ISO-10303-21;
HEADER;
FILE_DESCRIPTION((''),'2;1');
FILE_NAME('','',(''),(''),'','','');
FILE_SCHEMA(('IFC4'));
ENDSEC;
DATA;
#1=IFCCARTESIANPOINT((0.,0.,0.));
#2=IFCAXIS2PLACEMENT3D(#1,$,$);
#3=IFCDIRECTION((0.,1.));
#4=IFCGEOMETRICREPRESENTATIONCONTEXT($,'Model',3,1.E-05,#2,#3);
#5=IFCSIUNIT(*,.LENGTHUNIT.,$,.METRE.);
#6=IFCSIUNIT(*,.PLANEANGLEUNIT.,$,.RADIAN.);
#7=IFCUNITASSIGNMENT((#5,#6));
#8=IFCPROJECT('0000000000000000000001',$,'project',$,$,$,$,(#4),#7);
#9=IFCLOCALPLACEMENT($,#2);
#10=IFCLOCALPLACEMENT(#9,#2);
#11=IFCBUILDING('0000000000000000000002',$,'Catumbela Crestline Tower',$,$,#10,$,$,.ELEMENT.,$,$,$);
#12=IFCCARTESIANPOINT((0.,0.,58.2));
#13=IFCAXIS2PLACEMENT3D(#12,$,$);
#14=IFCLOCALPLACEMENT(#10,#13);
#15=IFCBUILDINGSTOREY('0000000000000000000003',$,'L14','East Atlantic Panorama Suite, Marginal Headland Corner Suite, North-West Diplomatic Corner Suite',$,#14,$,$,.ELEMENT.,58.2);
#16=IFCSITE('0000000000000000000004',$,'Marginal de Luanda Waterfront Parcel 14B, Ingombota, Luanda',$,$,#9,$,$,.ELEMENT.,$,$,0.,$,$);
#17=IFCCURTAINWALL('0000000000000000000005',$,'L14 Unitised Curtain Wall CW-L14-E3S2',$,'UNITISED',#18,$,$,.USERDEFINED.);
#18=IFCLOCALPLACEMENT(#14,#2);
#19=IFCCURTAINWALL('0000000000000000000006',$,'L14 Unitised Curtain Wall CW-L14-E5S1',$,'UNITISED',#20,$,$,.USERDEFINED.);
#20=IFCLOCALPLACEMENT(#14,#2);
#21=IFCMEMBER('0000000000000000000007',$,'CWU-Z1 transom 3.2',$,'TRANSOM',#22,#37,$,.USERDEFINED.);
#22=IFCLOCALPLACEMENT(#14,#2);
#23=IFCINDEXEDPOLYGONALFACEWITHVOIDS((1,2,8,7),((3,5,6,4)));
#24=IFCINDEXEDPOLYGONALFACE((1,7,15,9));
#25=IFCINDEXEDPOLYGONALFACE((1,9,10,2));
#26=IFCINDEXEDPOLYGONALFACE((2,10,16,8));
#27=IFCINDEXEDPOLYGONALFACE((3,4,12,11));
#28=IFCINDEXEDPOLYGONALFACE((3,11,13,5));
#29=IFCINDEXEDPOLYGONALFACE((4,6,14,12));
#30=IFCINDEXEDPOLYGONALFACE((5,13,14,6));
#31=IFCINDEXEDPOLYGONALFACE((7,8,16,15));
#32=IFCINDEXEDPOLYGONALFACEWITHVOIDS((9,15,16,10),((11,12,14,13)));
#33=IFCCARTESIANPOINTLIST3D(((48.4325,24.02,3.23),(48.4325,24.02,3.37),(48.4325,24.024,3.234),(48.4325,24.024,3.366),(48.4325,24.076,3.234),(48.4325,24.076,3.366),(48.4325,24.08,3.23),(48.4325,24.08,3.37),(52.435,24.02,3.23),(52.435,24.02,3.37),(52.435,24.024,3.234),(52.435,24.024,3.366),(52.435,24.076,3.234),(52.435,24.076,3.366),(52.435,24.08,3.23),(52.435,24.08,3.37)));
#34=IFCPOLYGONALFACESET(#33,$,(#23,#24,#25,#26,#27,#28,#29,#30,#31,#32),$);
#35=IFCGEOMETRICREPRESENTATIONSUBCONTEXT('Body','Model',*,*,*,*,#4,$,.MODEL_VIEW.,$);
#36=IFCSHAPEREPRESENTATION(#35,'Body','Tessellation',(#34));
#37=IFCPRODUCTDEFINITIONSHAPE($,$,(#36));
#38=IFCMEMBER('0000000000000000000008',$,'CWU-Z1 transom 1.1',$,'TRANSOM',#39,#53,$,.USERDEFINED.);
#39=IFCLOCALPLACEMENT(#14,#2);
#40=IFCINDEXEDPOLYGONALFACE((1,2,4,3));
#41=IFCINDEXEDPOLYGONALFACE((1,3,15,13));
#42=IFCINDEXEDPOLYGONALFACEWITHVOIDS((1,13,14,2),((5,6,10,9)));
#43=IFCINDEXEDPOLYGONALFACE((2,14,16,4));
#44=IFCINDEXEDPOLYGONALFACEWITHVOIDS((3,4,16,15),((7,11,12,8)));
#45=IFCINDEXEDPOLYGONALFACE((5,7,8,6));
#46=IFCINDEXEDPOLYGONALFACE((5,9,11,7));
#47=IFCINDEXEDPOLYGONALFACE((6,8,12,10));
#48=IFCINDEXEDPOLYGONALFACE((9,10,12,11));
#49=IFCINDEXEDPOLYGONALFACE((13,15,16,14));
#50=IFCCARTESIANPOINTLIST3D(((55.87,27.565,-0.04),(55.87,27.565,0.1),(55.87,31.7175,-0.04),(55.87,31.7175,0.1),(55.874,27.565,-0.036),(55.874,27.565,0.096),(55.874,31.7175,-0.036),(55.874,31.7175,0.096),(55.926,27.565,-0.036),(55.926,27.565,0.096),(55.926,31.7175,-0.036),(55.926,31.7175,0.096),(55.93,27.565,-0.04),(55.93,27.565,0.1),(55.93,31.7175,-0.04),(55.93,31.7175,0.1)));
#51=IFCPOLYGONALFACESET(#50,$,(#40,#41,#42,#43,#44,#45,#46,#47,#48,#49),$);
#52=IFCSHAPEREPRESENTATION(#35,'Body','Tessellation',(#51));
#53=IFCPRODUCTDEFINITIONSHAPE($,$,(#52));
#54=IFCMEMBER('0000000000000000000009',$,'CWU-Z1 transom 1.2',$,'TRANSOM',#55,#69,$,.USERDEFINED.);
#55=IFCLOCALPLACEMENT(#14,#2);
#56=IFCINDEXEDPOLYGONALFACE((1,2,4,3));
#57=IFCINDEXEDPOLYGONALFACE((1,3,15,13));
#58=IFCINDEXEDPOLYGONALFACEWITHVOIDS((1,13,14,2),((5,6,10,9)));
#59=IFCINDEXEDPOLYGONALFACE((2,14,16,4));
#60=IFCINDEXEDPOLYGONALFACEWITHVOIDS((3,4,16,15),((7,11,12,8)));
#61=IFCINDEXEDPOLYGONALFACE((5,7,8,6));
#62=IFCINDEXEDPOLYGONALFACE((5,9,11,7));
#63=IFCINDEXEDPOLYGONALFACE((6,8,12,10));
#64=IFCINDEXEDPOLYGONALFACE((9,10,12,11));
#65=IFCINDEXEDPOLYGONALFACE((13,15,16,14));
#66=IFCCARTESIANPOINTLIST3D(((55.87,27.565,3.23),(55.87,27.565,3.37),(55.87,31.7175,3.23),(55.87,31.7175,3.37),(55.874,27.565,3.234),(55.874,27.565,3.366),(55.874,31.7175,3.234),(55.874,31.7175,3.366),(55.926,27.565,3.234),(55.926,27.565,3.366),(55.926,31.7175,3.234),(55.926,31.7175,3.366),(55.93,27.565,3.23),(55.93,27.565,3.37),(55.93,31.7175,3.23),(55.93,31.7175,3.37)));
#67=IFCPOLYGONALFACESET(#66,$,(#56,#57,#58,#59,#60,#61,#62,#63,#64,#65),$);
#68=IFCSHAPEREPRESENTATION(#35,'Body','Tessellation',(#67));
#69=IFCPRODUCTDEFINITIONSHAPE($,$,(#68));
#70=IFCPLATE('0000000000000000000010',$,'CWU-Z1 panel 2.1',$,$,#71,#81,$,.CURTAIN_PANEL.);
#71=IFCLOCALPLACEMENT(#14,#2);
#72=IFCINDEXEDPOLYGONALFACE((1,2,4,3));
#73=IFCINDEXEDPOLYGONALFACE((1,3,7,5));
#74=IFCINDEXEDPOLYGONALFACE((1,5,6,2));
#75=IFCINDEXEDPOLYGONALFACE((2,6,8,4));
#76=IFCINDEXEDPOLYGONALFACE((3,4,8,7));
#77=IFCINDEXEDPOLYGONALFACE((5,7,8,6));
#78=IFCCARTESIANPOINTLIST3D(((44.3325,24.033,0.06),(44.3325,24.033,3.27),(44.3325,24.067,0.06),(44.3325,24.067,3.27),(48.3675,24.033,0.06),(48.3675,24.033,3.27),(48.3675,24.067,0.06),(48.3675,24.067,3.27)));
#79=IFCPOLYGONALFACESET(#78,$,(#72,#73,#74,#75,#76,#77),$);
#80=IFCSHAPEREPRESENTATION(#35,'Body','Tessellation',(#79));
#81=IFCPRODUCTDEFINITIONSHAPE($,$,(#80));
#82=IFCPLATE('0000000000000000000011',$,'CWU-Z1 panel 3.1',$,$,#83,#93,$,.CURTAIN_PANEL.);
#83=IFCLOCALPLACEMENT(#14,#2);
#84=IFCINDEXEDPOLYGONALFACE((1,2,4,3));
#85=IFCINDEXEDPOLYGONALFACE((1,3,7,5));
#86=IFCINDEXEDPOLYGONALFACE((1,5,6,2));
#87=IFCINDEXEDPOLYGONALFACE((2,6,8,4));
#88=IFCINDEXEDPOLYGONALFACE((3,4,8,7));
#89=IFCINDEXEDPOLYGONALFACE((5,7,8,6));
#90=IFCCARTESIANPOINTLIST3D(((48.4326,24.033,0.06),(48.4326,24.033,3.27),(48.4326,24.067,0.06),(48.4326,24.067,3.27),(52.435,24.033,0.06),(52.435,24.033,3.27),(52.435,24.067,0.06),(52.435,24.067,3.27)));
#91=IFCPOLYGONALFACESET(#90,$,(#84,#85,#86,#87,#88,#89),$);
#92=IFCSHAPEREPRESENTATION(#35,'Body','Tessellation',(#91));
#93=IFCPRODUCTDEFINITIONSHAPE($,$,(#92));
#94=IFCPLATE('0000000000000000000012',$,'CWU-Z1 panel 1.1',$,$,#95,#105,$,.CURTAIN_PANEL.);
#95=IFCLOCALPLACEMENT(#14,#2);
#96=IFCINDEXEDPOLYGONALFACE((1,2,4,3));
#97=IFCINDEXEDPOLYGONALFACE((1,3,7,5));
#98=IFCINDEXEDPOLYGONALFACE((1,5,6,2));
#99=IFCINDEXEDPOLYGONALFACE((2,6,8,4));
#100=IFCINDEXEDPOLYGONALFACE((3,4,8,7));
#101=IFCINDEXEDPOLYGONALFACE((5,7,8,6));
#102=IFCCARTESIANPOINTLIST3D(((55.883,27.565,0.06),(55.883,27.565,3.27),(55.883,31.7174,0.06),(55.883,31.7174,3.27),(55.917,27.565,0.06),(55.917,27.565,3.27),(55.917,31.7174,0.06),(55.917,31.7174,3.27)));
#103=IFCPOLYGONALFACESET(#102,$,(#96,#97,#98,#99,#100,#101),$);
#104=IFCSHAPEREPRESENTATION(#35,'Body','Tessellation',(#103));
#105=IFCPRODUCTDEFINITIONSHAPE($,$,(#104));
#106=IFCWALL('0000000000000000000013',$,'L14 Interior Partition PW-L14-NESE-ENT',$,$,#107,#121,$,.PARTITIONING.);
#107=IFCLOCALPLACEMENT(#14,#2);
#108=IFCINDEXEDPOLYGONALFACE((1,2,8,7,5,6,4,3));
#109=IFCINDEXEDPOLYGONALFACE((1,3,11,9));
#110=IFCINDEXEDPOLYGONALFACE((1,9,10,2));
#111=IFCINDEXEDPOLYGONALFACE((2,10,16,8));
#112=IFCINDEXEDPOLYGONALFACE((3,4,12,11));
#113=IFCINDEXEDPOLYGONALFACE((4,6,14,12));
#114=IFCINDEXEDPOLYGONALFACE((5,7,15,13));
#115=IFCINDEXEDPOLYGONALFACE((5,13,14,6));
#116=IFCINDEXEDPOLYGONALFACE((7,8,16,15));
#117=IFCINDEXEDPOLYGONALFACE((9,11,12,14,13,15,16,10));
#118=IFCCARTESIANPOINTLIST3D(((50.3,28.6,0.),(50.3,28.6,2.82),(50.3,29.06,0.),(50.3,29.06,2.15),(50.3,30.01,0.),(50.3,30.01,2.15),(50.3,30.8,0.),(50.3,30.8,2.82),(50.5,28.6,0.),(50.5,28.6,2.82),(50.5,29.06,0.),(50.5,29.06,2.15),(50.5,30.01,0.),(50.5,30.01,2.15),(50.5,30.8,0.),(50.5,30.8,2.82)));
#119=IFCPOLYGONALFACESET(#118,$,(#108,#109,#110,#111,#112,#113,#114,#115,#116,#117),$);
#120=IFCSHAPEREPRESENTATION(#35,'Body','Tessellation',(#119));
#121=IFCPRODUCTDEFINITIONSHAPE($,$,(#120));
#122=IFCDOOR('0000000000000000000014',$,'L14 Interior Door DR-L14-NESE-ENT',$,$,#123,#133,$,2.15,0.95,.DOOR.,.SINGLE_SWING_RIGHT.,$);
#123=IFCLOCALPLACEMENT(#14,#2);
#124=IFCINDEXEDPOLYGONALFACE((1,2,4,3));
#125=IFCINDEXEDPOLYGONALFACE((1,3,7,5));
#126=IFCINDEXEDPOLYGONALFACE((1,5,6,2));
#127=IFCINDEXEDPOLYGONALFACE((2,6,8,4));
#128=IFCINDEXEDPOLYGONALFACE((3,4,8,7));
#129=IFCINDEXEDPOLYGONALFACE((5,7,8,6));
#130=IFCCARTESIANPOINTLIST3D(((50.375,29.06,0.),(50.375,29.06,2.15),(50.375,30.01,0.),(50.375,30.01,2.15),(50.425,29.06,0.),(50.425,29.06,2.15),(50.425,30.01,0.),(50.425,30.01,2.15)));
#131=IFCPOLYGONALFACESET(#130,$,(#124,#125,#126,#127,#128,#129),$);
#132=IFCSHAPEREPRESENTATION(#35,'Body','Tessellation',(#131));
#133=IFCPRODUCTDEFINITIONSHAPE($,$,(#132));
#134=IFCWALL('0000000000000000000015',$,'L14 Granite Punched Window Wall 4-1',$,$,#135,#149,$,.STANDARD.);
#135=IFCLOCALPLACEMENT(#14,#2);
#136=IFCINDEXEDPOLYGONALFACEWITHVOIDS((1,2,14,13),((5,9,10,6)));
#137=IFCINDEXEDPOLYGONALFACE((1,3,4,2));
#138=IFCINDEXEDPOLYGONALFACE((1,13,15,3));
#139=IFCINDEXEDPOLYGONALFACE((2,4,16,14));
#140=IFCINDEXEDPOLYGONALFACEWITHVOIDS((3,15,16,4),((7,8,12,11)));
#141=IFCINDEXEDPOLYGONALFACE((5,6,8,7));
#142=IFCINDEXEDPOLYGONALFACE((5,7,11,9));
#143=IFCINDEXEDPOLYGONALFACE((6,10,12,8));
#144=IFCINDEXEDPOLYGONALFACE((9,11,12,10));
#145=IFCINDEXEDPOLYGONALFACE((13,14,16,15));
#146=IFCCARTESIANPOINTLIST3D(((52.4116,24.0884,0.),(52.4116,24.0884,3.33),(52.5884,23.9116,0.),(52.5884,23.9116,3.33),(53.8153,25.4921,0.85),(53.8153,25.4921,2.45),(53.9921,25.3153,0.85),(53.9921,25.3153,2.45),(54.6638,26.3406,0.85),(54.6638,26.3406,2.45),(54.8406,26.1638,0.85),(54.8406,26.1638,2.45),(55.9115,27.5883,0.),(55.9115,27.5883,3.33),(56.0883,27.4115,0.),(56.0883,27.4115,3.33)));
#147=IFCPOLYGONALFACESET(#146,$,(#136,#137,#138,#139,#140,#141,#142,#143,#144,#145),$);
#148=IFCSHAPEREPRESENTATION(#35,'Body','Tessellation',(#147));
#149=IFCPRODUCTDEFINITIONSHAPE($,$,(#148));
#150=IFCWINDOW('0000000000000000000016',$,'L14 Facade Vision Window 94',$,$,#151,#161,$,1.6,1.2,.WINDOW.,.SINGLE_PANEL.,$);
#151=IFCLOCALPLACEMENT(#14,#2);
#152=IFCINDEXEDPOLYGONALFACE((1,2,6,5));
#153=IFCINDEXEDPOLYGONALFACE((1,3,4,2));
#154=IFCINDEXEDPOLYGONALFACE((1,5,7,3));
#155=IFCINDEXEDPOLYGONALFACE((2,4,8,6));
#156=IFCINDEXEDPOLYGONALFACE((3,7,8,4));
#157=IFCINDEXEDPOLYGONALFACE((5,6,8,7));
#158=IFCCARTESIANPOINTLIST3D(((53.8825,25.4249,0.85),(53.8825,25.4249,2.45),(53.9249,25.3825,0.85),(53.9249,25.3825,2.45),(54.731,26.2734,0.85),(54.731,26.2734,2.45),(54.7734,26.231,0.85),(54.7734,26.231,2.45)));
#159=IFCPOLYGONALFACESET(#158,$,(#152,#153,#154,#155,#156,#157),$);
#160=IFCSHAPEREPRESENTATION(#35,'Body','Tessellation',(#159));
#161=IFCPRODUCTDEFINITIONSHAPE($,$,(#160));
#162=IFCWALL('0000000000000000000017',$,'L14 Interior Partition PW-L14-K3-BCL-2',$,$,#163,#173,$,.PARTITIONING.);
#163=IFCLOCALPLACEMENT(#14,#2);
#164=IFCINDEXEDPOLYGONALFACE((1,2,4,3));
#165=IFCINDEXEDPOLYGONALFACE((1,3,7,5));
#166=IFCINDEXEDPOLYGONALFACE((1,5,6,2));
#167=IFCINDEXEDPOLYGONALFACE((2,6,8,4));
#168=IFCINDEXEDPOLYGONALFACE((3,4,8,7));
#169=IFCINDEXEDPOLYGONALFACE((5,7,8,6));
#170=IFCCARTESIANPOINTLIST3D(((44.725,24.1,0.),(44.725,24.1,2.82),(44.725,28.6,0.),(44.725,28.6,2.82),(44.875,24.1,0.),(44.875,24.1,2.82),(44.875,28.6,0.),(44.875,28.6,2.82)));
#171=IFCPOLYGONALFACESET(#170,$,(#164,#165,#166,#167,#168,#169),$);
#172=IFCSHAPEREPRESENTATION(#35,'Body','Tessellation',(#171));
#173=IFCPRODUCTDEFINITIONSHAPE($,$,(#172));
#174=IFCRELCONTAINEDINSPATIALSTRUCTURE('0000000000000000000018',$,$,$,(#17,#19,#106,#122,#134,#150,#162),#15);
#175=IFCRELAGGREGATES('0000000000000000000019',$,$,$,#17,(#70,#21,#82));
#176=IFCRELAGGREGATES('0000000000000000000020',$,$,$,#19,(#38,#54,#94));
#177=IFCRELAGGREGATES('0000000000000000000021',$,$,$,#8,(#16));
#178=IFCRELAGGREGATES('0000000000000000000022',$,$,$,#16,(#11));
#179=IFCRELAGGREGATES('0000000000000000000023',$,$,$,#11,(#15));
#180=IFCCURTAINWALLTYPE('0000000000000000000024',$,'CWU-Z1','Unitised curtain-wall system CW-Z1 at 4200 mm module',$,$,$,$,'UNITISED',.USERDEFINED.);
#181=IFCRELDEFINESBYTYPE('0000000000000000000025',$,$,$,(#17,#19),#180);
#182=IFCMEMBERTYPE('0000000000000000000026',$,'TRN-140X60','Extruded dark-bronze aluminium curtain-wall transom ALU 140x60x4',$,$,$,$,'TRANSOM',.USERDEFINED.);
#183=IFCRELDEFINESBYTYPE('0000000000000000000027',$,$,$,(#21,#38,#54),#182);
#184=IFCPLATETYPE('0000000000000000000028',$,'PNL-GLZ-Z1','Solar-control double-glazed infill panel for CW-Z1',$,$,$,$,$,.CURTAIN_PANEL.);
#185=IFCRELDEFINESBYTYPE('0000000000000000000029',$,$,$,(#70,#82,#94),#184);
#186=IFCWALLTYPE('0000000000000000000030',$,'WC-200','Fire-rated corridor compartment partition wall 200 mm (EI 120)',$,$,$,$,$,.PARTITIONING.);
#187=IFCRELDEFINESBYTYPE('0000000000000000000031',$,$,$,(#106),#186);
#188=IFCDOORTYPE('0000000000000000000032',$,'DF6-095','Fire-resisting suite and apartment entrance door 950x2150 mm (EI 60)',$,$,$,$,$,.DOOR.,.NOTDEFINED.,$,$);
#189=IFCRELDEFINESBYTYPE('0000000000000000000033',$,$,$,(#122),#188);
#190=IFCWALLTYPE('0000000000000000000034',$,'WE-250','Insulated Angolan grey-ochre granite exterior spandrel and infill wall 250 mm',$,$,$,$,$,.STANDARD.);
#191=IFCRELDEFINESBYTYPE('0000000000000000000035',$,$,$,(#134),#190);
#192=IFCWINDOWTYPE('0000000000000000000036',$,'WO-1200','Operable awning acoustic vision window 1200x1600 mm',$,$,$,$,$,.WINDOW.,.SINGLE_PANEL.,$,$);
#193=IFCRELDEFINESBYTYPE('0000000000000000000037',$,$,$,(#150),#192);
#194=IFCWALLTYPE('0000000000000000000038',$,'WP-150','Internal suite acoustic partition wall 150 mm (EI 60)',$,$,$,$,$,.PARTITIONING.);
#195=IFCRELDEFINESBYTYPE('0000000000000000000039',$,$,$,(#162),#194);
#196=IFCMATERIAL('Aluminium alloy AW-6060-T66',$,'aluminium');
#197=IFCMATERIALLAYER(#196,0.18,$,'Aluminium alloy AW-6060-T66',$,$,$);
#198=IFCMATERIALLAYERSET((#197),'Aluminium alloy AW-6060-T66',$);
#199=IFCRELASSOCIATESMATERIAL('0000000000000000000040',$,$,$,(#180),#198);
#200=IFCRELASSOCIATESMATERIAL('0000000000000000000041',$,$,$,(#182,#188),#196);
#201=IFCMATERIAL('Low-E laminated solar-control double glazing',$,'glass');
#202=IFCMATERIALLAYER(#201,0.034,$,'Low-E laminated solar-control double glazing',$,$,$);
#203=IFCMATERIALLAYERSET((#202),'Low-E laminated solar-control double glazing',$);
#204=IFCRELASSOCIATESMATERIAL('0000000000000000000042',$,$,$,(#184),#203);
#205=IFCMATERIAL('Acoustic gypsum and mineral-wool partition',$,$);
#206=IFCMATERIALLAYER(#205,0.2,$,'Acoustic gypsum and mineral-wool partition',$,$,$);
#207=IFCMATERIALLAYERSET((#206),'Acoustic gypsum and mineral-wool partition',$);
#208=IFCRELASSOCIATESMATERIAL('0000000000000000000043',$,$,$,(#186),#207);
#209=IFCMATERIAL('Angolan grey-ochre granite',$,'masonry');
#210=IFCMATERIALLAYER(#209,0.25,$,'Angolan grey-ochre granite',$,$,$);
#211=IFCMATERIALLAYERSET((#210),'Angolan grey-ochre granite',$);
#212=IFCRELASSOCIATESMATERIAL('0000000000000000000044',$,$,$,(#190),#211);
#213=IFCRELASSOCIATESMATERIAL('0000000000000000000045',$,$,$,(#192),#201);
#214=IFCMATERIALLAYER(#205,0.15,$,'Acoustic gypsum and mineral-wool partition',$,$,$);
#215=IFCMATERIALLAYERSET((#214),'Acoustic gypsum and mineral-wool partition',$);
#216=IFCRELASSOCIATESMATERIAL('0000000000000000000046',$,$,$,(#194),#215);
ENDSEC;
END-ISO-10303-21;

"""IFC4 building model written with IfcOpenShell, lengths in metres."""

from ifc_helpers import new_model, si_unit, direction, frame, frame_2d, origin, origin_2d, place, context, subcontext, project, spatial, rectangle, hollow_rectangle, extrude, material, layer, layer_set, material_profile, profile_set, type_object, element, fill, aggregate, save


model = new_model("IFC4")

# Units and contexts
model_context = context("Model", 3, precision=1e-05, world=origin(), true_north=direction((0.0, 1.0)))
body_context = subcontext(model_context, "Body", "Model", "MODEL_VIEW")
ifc_project = project(units=[si_unit("LENGTHUNIT", "METRE"), si_unit("PLANEANGLEUNIT", "RADIAN")], contexts=[model_context])

# Site, building, storey
site_placement = place(None, origin())
site = spatial("IfcSite", under=ifc_project, at=site_placement, Name="Marginal de Luanda Waterfront Parcel 14B, Ingombota, Luanda", CompositionType="ELEMENT", RefElevation=0.0)
building_placement = place(site_placement, origin())
building = spatial("IfcBuilding", under=site, at=building_placement, Name="Catumbela Crestline Tower", CompositionType="ELEMENT")
storey_placement = place(building_placement, frame((0.0, 0.0, 58.2)))
storey = spatial("IfcBuildingStorey", under=building, at=storey_placement, Name="L14", Description="East Atlantic Panorama Suite, Marginal Headland Corner Suite, North-West Diplomatic Corner Suite", CompositionType="ELEMENT", Elevation=58.2)

# Curtain wall
ifc_material_1 = material(Name="Aluminium alloy AW-6060-T66", Category="aluminium")
ifc_layer_1 = layer(ifc_material_1, 0.18, Name="Aluminium alloy AW-6060-T66")
ifc_layer_set_1 = layer_set([ifc_layer_1], Name="Aluminium alloy AW-6060-T66")
curtain_wall_type = type_object("IfcCurtainWallType", Name="CWU-Z1", Description="Unitised curtain-wall system CW-Z1 at 4200 mm module", ElementType="UNITISED", PredefinedType="USERDEFINED", material=ifc_layer_set_1)
curtain_wall_1_placement = place(storey_placement, origin())
curtain_wall_1 = element("IfcCurtainWall", 1, at=curtain_wall_1_placement, inside=storey, type_object=curtain_wall_type, Name="L14 Unitised Curtain Wall CW-L14-E3S2", ObjectType="UNITISED", PredefinedType="USERDEFINED")

# Curtain wall
curtain_wall_2_placement = place(storey_placement, origin())
curtain_wall_2 = element("IfcCurtainWall", 2, at=curtain_wall_2_placement, inside=storey, type_object=curtain_wall_type, Name="L14 Unitised Curtain Wall CW-L14-E5S1", ObjectType="UNITISED", PredefinedType="USERDEFINED")

# Members
ifc_material_profile_1 = material_profile(ifc_material_1, hollow_rectangle(XDim=0.06, YDim=0.14, WallThickness=0.004, at=origin_2d()), Name="ALU 140x60x4")
ifc_profile_set_1 = profile_set([ifc_material_profile_1], Name="Aluminium alloy AW-6060-T66")
member_type_1 = type_object("IfcMemberType", Name="TRN-140X60", Description="Extruded dark-bronze aluminium curtain-wall transom ALU 140x60x4", ElementType="TRANSOM", PredefinedType="USERDEFINED", material=ifc_profile_set_1)
member_1_placement = place(storey_placement, frame((48.4325, 24.05, 3.3), z_axis=(1.0, 0.0, 0.0), x_axis=(0.0, 1.0, 0.0)))
member_1 = element("IfcMember", 3, at=member_1_placement, type_object=member_type_1, Name="CWU-Z1 transom 3.2", ObjectType="TRANSOM", PredefinedType="USERDEFINED", context=body_context, shape_type="SweptSolid", body=[
    extrude(hollow_rectangle(XDim=0.06, YDim=0.14, WallThickness=0.004, at=origin_2d()), origin(), (0.0, 0.0, 1.0), 4.0025),
])
member_2_placement = place(storey_placement, frame((55.9, 27.565, 0.03), z_axis=(0.0, 1.0, 0.0), x_axis=(-1.0, 0.0, 0.0)))
member_2 = element("IfcMember", 4, at=member_2_placement, type_object=member_type_1, Name="CWU-Z1 transom 1.1", ObjectType="TRANSOM", PredefinedType="USERDEFINED", context=body_context, shape_type="SweptSolid", body=[
    extrude(hollow_rectangle(XDim=0.06, YDim=0.14, WallThickness=0.004, at=origin_2d()), origin(), (0.0, 0.0, 1.0), 4.1525),
])
member_3_placement = place(storey_placement, frame((55.9, 27.565, 3.3), z_axis=(0.0, 1.0, 0.0), x_axis=(-1.0, 0.0, 0.0)))
member_3 = element("IfcMember", 5, at=member_3_placement, type_object=member_type_1, Name="CWU-Z1 transom 1.2", ObjectType="TRANSOM", PredefinedType="USERDEFINED", context=body_context, shape_type="SweptSolid", body=[
    extrude(hollow_rectangle(XDim=0.06, YDim=0.14, WallThickness=0.004, at=origin_2d()), origin(), (0.0, 0.0, 1.0), 4.1525),
])

# Plates
ifc_material_2 = material(Name="Low-E laminated solar-control double glazing", Category="glass")
ifc_layer_2 = layer(ifc_material_2, 0.034, Name="Low-E laminated solar-control double glazing")
ifc_layer_set_2 = layer_set([ifc_layer_2], Name="Low-E laminated solar-control double glazing")
plate_type = type_object("IfcPlateType", Name="PNL-GLZ-Z1", Description="Solar-control double-glazed infill panel for CW-Z1", PredefinedType="CURTAIN_PANEL", material=ifc_layer_set_2)
plate_1_placement = place(storey_placement, frame((46.35, 24.05, 0.06), z_axis=(0.0, 0.0, 1.0), x_axis=(1.0, 0.0, 0.0)))
plate_1 = element("IfcPlate", 6, at=plate_1_placement, type_object=plate_type, Name="CWU-Z1 panel 2.1", PredefinedType="CURTAIN_PANEL", context=body_context, shape_type="SweptSolid", body=[
    extrude(rectangle(XDim=4.035, YDim=0.034, at=origin_2d()), origin(), (0.0, 0.0, 1.0), 3.21),
])
plate_2_placement = place(storey_placement, frame((50.4338, 24.05, 0.06), z_axis=(0.0, 0.0, 1.0), x_axis=(1.0, 0.0, 0.0)))
plate_2 = element("IfcPlate", 7, at=plate_2_placement, type_object=plate_type, Name="CWU-Z1 panel 3.1", PredefinedType="CURTAIN_PANEL", context=body_context, shape_type="SweptSolid", body=[
    extrude(rectangle(XDim=4.0025, YDim=0.034, at=origin_2d()), origin(), (0.0, 0.0, 1.0), 3.21),
])
aggregate(curtain_wall_1, [plate_1, member_1, plate_2])
plate_3_placement = place(storey_placement, frame((55.9, 29.6412, 0.06), z_axis=(0.0, 0.0, 1.0), x_axis=(0.0, 1.0, 0.0)))
plate_3 = element("IfcPlate", 8, at=plate_3_placement, type_object=plate_type, Name="CWU-Z1 panel 1.1", PredefinedType="CURTAIN_PANEL", context=body_context, shape_type="SweptSolid", body=[
    extrude(rectangle(XDim=4.1525, YDim=0.034, at=origin_2d()), origin(), (0.0, 0.0, 1.0), 3.21),
])
aggregate(curtain_wall_2, [member_2, member_3, plate_3])

# Wall, opening, door
ifc_material_3 = material(Name="Acoustic gypsum and mineral-wool partition")
ifc_layer_3 = layer(ifc_material_3, 0.2, Name="Acoustic gypsum and mineral-wool partition")
ifc_layer_set_3 = layer_set([ifc_layer_3], Name="Acoustic gypsum and mineral-wool partition")
wall_type_1 = type_object("IfcWallType", Name="WC-200", Description="Fire-rated corridor compartment partition wall 200 mm (EI 120)", PredefinedType="PARTITIONING", material=ifc_layer_set_3)
wall_1_placement = place(storey_placement, frame((50.4, 28.6, 0.0), z_axis=(0.0, 0.0, 1.0), x_axis=(0.0, 1.0, 0.0)))
wall_1 = element("IfcWall", 9, at=wall_1_placement, inside=storey, type_object=wall_type_1, Name="L14 Interior Partition PW-L14-NESE-ENT", PredefinedType="PARTITIONING", context=body_context, shape_type="SweptSolid", body=[
    extrude(rectangle(XDim=2.2, YDim=0.2, at=frame_2d((1.1, 0.0))), origin(), (0.0, 0.0, 1.0), 2.82),
])
opening_1_placement = place(wall_1_placement, frame((0.46, 0.0, 0.0)))
opening_1 = element("IfcOpeningElement", 10, at=opening_1_placement, cuts=wall_1, PredefinedType="OPENING", context=body_context, shape_type="SweptSolid", body=[
    extrude(rectangle(XDim=0.95, YDim=2.15, at=frame_2d((0.475, 1.075))), frame((0.0, 0.11, 0.0), z_axis=(0.0, -1.0, 0.0), x_axis=(1.0, 0.0, 0.0)), (0.0, 0.0, 1.0), 0.22),
])
door_type_1 = type_object("IfcDoorType", Name="DF6-095", Description="Fire-resisting suite and apartment entrance door 950x2150 mm (EI 60)", OperationType="NOTDEFINED", PredefinedType="DOOR", material=ifc_material_1)
door_1_placement = place(opening_1_placement, origin())
door_1 = element("IfcDoor", 11, at=door_1_placement, inside=storey, type_object=door_type_1, Name="L14 Interior Door DR-L14-NESE-ENT", OperationType="SINGLE_SWING_RIGHT", OverallHeight=2.15, OverallWidth=0.95, PredefinedType="DOOR", context=body_context, shape_type="SweptSolid", body=[
    extrude(rectangle(XDim=0.95, YDim=2.15, at=frame_2d((0.475, 1.075))), frame((0.0, 0.025, 0.0), z_axis=(0.0, -1.0, 0.0), x_axis=(1.0, 0.0, 0.0)), (0.0, 0.0, 1.0), 0.05),
])
fill(opening_1, door_1)

# Wall, opening, window
ifc_material_4 = material(Name="Angolan grey-ochre granite", Category="masonry")
ifc_layer_4 = layer(ifc_material_4, 0.25, Name="Angolan grey-ochre granite")
ifc_layer_set_4 = layer_set([ifc_layer_4], Name="Angolan grey-ochre granite")
wall_type_2 = type_object("IfcWallType", Name="WE-250", Description="Insulated Angolan grey-ochre granite exterior spandrel and infill wall 250 mm", PredefinedType="STANDARD", material=ifc_layer_set_4)
wall_2_placement = place(storey_placement, frame((52.5, 24.0, 0.0), z_axis=(0.0, 0.0, 1.0), x_axis=(0.707107, 0.707107, 0.0)))
wall_2 = element("IfcWall", 12, at=wall_2_placement, inside=storey, type_object=wall_type_2, Name="L14 Granite Punched Window Wall 4-1", PredefinedType="STANDARD", context=body_context, shape_type="SweptSolid", body=[
    extrude(rectangle(XDim=4.9497, YDim=0.25, at=frame_2d((2.4748, 0.0))), origin(), (0.0, 0.0, 1.0), 3.33),
])
opening_2_placement = place(wall_2_placement, frame((1.9851, 0.0, 0.85)))
opening_2 = element("IfcOpeningElement", 13, at=opening_2_placement, cuts=wall_2, PredefinedType="OPENING", context=body_context, shape_type="SweptSolid", body=[
    extrude(rectangle(XDim=1.2, YDim=1.6, at=frame_2d((0.6, 0.8))), frame((0.0, 0.135, 0.0), z_axis=(0.0, -1.0, 0.0), x_axis=(1.0, 0.0, 0.0)), (0.0, 0.0, 1.0), 0.27),
])
window_type = type_object("IfcWindowType", Name="WO-1200", Description="Operable awning acoustic vision window 1200x1600 mm", PartitioningType="SINGLE_PANEL", PredefinedType="WINDOW", material=ifc_material_2)
window_placement = place(opening_2_placement, origin())
window = element("IfcWindow", 14, at=window_placement, inside=storey, type_object=window_type, Name="L14 Facade Vision Window 94", OverallHeight=1.6, OverallWidth=1.2, PartitioningType="SINGLE_PANEL", PredefinedType="WINDOW", context=body_context, shape_type="SweptSolid", body=[
    extrude(rectangle(XDim=1.2, YDim=1.6, at=frame_2d((0.6, 0.8))), frame((0.0, 0.03, 0.0), z_axis=(0.0, -1.0, 0.0), x_axis=(1.0, 0.0, 0.0)), (0.0, 0.0, 1.0), 0.06),
])
fill(opening_2, window)

# Wall
ifc_layer_5 = layer(ifc_material_3, 0.15, Name="Acoustic gypsum and mineral-wool partition")
ifc_layer_set_5 = layer_set([ifc_layer_5], Name="Acoustic gypsum and mineral-wool partition")
wall_type_3 = type_object("IfcWallType", Name="WP-150", Description="Internal suite acoustic partition wall 150 mm (EI 60)", PredefinedType="PARTITIONING", material=ifc_layer_set_5)
wall_3_placement = place(storey_placement, frame((44.8, 28.6, 0.0), z_axis=(0.0, 0.0, 1.0), x_axis=(0.0, -1.0, 0.0)))
element("IfcWall", 15, at=wall_3_placement, inside=storey, type_object=wall_type_3, Name="L14 Interior Partition PW-L14-K3-BCL-2", PredefinedType="PARTITIONING", context=body_context, shape_type="SweptSolid", body=[
    extrude(rectangle(XDim=4.5, YDim=0.15, at=frame_2d((2.25, 0.0))), origin(), (0.0, 0.0, 1.0), 2.82),
])

save(model, "model.ifc")
